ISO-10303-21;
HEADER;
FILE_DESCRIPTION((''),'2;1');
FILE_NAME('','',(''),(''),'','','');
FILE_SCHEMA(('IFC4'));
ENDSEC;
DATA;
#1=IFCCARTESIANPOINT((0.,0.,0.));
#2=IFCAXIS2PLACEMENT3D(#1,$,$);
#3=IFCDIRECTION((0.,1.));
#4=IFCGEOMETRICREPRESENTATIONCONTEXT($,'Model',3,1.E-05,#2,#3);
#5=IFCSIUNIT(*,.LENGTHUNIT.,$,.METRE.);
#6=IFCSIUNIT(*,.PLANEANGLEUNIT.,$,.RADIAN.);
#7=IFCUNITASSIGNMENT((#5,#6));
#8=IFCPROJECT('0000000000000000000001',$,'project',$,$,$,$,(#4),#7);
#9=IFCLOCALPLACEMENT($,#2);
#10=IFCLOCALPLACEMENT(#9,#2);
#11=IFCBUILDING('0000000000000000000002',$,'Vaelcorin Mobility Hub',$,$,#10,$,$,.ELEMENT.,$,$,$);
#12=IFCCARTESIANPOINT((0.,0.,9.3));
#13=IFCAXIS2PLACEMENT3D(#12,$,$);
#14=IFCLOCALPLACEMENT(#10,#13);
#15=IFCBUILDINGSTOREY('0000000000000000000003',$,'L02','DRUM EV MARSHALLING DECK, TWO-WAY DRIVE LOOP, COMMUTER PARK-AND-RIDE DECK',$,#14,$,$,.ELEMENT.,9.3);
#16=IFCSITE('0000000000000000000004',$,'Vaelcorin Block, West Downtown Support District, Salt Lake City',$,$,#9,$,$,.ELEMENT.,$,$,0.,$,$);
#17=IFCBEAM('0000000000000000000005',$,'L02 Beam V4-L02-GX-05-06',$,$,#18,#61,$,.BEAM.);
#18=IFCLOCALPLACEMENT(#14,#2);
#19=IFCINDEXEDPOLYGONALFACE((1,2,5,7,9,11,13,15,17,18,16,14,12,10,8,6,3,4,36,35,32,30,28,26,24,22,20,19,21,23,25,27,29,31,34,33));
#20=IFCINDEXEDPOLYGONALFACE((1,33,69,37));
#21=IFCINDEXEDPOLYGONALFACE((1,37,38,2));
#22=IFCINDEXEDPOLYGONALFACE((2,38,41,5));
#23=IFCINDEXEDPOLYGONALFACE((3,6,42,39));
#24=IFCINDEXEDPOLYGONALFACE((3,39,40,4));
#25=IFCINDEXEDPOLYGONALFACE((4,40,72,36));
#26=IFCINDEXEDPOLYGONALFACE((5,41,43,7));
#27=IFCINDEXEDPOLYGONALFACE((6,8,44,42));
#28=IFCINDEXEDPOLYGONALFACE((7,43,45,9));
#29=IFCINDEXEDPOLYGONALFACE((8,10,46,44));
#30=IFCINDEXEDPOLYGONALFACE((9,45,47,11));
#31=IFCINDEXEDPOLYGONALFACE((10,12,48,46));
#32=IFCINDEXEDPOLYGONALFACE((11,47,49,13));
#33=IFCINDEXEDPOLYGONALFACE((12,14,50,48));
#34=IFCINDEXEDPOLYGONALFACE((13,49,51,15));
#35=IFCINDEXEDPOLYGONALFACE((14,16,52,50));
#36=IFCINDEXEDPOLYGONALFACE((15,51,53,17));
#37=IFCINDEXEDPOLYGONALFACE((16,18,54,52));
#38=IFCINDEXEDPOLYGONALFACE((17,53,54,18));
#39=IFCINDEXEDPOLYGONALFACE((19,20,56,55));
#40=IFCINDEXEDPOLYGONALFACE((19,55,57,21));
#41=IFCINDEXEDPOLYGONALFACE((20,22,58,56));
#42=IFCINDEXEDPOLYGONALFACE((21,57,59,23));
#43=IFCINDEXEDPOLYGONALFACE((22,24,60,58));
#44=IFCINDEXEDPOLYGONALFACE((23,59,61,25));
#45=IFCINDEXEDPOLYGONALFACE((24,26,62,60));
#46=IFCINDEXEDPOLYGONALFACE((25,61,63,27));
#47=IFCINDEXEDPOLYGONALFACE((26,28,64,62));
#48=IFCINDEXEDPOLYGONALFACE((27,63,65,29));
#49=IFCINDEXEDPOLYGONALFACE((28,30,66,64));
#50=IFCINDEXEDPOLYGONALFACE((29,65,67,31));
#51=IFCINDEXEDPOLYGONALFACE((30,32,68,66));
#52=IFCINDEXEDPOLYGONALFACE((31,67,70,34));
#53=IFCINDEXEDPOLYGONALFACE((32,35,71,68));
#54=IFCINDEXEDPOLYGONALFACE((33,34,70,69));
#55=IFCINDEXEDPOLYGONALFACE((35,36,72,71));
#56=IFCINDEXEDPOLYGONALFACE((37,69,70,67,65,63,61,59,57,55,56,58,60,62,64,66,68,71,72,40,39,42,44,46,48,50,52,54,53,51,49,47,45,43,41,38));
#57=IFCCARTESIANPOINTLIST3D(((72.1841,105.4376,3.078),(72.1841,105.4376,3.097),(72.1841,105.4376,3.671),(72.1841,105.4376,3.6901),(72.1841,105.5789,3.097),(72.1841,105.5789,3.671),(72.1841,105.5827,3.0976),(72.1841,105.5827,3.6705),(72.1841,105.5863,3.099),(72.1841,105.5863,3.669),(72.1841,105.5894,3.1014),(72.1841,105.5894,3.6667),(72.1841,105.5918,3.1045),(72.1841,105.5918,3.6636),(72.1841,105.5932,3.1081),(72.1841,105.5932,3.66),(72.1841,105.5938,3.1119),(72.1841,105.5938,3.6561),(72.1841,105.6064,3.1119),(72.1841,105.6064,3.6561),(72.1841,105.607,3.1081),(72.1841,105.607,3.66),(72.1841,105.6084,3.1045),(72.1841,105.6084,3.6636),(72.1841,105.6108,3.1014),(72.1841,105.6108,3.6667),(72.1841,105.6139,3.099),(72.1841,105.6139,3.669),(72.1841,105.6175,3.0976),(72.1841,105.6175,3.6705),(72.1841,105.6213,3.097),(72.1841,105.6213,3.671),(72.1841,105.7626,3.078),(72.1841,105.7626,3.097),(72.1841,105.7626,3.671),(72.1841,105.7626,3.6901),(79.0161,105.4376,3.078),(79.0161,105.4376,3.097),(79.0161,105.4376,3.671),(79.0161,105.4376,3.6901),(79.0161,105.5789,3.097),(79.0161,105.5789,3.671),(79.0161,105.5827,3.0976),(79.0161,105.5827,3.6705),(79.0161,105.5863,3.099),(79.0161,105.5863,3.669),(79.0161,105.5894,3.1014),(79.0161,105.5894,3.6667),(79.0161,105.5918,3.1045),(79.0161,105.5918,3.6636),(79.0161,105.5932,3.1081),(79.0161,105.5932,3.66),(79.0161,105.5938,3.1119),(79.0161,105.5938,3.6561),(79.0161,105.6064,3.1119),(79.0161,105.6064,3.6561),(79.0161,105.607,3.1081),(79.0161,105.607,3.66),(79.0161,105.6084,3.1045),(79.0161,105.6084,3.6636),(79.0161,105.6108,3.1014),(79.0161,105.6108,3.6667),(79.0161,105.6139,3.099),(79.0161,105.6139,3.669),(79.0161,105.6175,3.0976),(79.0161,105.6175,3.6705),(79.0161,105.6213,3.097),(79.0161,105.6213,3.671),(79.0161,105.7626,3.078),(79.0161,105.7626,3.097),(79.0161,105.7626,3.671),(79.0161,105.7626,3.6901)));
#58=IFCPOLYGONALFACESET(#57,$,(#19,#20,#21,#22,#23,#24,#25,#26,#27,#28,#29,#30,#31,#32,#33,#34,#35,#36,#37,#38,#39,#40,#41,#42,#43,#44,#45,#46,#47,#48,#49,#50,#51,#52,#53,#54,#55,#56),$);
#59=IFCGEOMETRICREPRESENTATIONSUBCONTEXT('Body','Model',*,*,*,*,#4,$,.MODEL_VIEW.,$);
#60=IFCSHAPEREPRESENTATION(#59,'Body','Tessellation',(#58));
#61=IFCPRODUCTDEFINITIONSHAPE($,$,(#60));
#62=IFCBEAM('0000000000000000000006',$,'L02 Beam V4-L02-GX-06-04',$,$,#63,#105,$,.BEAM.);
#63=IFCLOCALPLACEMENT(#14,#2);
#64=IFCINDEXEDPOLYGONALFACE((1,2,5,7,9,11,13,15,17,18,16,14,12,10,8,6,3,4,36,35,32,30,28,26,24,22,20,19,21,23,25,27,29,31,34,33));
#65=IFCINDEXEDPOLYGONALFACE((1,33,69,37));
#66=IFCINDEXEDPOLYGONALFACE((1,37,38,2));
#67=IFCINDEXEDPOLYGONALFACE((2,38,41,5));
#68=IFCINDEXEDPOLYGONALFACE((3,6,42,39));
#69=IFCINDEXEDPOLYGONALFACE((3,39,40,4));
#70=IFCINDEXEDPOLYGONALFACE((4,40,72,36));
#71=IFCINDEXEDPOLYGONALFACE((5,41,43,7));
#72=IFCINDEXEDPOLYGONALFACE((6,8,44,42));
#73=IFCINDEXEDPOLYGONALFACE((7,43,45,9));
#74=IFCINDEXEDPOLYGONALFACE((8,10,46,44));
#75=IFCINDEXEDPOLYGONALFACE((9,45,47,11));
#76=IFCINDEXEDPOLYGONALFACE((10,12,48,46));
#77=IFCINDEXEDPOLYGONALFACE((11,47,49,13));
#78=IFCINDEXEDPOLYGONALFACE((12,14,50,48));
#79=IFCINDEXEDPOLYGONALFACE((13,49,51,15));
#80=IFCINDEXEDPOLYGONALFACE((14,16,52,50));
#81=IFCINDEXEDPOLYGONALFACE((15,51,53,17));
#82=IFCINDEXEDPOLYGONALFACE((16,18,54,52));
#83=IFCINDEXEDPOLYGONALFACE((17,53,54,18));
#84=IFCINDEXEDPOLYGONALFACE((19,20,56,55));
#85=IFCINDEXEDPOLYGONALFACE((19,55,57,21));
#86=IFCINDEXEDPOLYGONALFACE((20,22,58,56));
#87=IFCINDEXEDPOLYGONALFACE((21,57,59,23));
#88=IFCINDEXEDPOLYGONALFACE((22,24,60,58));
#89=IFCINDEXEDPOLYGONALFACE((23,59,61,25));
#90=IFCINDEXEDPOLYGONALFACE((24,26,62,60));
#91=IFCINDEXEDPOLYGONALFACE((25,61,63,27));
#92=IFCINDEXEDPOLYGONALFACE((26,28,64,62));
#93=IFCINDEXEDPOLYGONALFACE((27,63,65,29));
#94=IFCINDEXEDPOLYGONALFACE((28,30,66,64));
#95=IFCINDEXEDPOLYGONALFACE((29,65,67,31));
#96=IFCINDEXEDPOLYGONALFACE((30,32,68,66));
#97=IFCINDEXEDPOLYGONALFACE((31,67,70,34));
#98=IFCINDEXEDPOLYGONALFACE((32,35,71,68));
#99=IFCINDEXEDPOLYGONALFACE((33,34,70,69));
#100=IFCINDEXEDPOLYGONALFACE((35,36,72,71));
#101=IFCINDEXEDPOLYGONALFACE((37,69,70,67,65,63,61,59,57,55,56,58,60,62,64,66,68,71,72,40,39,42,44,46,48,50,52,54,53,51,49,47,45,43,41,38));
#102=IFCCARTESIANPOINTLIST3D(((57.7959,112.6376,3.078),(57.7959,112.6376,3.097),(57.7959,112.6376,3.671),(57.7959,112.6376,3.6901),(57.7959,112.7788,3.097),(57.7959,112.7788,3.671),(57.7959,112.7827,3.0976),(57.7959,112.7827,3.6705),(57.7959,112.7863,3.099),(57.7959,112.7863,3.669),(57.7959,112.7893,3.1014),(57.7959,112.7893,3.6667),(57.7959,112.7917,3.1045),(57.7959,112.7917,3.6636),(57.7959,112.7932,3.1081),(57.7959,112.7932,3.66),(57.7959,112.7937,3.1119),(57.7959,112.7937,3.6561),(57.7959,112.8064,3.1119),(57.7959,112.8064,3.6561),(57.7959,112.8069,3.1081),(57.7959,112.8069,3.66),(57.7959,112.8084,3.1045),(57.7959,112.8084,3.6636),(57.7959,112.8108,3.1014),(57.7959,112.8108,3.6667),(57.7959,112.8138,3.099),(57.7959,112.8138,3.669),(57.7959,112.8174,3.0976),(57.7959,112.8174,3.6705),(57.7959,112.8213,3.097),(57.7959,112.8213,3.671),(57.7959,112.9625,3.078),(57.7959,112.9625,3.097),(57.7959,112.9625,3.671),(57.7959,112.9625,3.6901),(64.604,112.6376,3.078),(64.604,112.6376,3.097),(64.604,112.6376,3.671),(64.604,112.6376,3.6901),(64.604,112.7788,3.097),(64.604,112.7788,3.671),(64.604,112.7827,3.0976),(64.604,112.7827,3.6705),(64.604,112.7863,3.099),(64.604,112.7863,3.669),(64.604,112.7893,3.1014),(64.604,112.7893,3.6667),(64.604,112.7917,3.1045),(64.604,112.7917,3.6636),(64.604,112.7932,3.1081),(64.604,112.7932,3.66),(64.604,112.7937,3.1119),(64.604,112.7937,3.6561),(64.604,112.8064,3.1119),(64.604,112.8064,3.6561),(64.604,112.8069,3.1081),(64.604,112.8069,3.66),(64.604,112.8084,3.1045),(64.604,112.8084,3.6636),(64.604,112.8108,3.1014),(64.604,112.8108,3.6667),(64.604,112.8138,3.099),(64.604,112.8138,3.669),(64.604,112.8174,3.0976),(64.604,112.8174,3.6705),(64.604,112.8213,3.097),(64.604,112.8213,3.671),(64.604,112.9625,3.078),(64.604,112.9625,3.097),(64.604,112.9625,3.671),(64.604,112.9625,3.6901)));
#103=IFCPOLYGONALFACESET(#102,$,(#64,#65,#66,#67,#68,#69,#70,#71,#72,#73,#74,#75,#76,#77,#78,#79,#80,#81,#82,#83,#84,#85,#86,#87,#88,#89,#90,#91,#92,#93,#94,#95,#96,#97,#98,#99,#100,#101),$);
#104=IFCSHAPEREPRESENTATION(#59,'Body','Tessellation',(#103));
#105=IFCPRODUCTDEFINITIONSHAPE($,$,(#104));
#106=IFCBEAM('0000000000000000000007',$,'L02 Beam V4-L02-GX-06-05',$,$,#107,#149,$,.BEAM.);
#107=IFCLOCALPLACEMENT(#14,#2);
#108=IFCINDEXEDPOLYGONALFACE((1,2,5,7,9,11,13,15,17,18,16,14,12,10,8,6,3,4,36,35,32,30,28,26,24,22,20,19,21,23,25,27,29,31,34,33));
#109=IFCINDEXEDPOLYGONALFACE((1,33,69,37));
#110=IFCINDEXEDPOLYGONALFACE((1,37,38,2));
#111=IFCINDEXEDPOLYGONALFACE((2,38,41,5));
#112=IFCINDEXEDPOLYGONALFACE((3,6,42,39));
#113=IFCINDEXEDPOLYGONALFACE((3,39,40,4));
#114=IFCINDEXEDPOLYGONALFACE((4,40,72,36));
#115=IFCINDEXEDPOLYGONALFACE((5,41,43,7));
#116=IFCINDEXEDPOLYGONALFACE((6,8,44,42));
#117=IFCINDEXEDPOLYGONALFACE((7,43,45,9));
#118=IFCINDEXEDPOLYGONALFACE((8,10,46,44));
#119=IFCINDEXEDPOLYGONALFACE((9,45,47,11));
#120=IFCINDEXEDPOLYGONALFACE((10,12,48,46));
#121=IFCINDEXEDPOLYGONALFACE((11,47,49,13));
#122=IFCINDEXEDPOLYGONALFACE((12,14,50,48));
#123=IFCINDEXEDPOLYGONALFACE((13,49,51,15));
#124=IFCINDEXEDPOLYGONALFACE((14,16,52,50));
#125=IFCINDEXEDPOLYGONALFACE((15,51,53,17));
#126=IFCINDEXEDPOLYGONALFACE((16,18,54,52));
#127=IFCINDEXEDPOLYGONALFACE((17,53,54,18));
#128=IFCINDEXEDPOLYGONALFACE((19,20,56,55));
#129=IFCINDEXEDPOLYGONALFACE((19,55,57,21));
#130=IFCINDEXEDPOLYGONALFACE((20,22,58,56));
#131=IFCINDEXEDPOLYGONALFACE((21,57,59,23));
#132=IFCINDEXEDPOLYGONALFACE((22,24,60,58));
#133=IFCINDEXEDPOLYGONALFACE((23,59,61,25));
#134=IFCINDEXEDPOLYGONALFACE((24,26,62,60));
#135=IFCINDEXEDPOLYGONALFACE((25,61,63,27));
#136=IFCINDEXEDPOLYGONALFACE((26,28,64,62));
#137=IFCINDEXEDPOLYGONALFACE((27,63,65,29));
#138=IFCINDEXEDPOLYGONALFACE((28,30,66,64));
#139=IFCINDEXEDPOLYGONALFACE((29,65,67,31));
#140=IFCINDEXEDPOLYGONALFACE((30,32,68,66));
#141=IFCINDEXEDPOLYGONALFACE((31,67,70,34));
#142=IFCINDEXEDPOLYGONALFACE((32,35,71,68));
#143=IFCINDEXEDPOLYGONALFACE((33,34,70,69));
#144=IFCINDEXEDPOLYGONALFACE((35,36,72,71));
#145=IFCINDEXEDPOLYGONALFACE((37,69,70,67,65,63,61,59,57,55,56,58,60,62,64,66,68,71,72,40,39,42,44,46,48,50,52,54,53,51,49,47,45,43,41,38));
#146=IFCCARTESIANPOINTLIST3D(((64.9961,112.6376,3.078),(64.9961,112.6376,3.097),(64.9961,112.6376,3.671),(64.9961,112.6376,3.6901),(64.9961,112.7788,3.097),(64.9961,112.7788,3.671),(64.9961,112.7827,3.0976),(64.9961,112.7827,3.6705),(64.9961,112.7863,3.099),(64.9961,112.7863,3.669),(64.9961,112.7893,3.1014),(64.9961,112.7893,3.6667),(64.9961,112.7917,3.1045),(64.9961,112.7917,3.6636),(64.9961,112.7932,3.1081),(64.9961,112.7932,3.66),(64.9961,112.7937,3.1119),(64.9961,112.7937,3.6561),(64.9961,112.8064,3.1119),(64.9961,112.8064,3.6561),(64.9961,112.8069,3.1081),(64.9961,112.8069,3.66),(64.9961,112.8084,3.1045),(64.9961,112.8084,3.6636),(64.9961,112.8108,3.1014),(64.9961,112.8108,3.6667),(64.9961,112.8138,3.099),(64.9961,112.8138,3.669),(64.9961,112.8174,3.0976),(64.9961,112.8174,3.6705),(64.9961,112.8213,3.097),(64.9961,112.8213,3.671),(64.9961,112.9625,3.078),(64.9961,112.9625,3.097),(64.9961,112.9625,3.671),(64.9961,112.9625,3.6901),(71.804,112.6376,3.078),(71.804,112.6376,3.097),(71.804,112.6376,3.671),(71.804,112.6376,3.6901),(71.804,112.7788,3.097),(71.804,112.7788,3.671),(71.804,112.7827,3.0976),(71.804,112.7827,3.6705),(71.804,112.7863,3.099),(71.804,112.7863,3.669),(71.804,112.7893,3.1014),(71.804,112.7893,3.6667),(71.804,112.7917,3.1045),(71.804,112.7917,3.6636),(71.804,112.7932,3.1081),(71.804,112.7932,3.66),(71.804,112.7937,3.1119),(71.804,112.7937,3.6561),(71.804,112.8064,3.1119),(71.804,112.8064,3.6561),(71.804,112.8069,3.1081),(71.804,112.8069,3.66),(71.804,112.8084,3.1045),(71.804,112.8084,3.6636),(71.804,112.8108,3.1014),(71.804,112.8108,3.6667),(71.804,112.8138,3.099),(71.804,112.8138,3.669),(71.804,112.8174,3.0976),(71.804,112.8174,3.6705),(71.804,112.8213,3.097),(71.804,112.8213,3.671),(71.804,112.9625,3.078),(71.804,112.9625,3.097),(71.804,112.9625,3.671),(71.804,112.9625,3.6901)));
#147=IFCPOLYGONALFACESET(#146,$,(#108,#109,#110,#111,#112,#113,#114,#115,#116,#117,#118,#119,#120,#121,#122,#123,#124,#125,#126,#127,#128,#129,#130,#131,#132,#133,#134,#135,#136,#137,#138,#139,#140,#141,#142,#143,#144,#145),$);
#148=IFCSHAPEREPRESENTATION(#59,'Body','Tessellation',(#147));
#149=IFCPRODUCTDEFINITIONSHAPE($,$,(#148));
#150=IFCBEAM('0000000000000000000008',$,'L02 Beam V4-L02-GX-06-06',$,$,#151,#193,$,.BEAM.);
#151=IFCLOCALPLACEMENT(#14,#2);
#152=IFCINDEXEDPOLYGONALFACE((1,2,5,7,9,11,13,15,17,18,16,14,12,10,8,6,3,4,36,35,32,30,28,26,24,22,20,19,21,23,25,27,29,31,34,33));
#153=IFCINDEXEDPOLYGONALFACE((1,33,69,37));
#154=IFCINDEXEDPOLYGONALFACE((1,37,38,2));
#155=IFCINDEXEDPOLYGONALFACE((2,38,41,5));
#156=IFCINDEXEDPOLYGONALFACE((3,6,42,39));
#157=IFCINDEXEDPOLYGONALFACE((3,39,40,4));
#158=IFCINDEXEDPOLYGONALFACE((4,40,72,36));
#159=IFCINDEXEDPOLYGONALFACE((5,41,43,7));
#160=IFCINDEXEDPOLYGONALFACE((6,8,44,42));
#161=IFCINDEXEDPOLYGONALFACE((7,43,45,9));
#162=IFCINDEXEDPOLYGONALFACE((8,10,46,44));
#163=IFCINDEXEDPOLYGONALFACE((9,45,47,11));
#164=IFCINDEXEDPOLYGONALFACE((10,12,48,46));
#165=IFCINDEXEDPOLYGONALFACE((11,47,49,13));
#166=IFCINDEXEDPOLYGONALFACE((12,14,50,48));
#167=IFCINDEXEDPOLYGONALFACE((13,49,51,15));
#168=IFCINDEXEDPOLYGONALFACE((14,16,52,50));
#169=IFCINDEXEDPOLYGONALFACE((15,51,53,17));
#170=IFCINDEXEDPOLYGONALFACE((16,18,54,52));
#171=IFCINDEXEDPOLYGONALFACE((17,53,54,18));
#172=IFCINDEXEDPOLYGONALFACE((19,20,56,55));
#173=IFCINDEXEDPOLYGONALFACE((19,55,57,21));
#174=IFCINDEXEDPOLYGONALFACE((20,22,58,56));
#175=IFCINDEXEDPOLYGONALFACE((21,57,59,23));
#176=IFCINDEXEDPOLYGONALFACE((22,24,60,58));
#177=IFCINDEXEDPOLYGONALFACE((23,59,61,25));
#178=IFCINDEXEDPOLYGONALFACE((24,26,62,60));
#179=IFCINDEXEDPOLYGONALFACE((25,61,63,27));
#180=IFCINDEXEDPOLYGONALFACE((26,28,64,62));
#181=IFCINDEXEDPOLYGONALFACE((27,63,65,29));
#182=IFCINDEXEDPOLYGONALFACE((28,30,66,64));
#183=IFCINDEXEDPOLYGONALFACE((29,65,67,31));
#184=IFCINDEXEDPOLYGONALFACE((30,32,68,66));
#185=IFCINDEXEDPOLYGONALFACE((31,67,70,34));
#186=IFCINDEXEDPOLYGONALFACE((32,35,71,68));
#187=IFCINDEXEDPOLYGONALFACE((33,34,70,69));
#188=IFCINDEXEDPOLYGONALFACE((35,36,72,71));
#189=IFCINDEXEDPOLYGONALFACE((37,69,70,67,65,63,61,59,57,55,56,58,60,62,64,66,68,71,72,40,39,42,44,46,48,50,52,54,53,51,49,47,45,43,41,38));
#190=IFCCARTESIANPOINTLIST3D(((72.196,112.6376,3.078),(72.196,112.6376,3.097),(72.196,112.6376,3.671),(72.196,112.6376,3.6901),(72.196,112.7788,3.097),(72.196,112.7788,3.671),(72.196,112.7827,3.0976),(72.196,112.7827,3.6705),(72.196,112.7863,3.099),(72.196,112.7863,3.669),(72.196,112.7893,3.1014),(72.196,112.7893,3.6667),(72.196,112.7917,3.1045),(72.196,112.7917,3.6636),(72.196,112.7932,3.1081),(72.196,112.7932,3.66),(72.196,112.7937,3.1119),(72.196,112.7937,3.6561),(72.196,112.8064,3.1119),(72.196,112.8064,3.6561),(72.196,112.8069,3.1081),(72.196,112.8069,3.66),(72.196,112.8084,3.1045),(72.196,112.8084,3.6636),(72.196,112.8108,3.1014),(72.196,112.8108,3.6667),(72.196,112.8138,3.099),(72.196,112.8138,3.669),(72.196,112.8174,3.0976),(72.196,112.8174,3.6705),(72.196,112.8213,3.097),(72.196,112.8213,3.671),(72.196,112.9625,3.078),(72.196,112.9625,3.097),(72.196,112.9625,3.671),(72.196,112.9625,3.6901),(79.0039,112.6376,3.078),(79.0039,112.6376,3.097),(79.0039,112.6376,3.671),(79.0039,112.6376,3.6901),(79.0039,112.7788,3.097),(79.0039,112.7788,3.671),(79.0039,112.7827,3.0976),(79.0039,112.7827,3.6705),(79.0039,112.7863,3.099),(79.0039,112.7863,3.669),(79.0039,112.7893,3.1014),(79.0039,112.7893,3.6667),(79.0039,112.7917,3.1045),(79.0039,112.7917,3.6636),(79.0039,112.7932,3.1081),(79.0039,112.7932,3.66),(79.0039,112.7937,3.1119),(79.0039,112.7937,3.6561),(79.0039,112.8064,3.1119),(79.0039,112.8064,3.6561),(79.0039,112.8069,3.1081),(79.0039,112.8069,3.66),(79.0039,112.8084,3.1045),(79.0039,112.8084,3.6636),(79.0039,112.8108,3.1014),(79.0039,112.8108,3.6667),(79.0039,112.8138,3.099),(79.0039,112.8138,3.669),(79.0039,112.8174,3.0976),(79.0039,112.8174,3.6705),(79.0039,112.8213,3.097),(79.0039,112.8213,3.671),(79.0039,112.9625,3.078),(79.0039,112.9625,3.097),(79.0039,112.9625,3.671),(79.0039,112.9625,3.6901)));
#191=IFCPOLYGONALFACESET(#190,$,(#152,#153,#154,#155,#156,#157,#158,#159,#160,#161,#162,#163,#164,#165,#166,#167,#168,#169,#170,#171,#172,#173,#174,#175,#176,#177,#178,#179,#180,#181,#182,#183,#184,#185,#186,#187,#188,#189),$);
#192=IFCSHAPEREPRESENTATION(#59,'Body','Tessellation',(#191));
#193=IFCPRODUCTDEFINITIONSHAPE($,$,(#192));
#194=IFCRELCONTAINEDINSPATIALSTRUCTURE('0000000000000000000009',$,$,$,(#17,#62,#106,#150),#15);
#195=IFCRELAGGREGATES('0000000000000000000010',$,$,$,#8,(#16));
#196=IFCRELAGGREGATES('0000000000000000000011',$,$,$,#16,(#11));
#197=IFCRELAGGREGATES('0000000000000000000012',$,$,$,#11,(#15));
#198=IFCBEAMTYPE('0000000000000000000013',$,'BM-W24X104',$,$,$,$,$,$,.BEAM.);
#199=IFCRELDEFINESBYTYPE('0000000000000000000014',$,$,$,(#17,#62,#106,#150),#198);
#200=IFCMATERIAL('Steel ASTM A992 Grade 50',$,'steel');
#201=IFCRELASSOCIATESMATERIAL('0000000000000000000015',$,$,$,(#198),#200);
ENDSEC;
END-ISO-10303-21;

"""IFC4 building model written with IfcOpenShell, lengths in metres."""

from ifc_helpers import new_model, si_unit, direction, frame, origin, origin_2d, place, context, subcontext, project, spatial, i_section, extrude, material, material_profile, profile_set, type_object, element, save


model = new_model("IFC4")

# Units and contexts
model_context = context("Model", 3, precision=1e-05, world=origin(), true_north=direction((0.0, 1.0)))
body_context = subcontext(model_context, "Body", "Model", "MODEL_VIEW")
ifc_project = project(units=[si_unit("LENGTHUNIT", "METRE"), si_unit("PLANEANGLEUNIT", "RADIAN")], contexts=[model_context])

# Site, building, storey
site_placement = place(None, origin())
site = spatial("IfcSite", under=ifc_project, at=site_placement, Name="Vaelcorin Block, West Downtown Support District, Salt Lake City", CompositionType="ELEMENT", RefElevation=0.0)
building_placement = place(site_placement, origin())
building = spatial("IfcBuilding", under=site, at=building_placement, Name="Vaelcorin Mobility Hub", CompositionType="ELEMENT")
storey_placement = place(building_placement, frame((0.0, 0.0, 9.3)))
storey = spatial("IfcBuildingStorey", under=building, at=storey_placement, Name="L02", Description="DRUM EV MARSHALLING DECK, TWO-WAY DRIVE LOOP, COMMUTER PARK-AND-RIDE DECK", CompositionType="ELEMENT", Elevation=9.3)

# Shared definitions
ifc_material_1 = material(Name="Steel ASTM A992 Grade 50", Category="steel")

# Beams
ifc_material_profile_1 = material_profile(ifc_material_1, i_section(OverallWidth=0.325, OverallDepth=0.6121, WebThickness=0.0127, FlangeThickness=0.019, FilletRadius=0.0149, at=origin_2d()), Name="W24X104")
ifc_profile_set_1 = profile_set([ifc_material_profile_1], Name="Steel ASTM A992 Grade 50")
beam_type_1 = type_object("IfcBeamType", Name="BM-W24X104", PredefinedType="BEAM", material=ifc_profile_set_1)
for number, where, z_axis, x_axis, name in (
    (1, (72.1841, 105.6001, 3.384), (1.0, 0.0, 0.0), (0.0, 1.0, 0.0), "L02 Beam V4-L02-GX-05-06"),
):
    element("IfcBeam", number, at=place(storey_placement, frame(where, z_axis=z_axis, x_axis=x_axis)), inside=storey, type_object=beam_type_1, Name=name, PredefinedType="BEAM", context=body_context, shape_type="SweptSolid", body=[
        extrude(i_section(OverallWidth=0.325, OverallDepth=0.6121, WebThickness=0.0127, FlangeThickness=0.019, FilletRadius=0.0149, at=origin_2d()), origin(), (0.0, 0.0, 1.0), 6.832),
    ])
beam_1_placement = place(storey_placement, frame((57.7959, 112.8, 3.384), z_axis=(1.0, 0.0, 0.0), x_axis=(0.0, 1.0, 0.0)))
element("IfcBeam", 2, at=beam_1_placement, inside=storey, type_object=beam_type_1, Name="L02 Beam V4-L02-GX-06-04", PredefinedType="BEAM", context=body_context, shape_type="SweptSolid", body=[
    extrude(i_section(OverallWidth=0.325, OverallDepth=0.6121, WebThickness=0.0127, FlangeThickness=0.019, FilletRadius=0.0149, at=origin_2d()), origin(), (0.0, 0.0, 1.0), 6.8081),
])
for number, where, z_axis, x_axis, name in (
    (3, (64.9961, 112.8, 3.384), (1.0, 0.0, 0.0), (0.0, 1.0, 0.0), "L02 Beam V4-L02-GX-06-05"),
    (4, (72.196, 112.8, 3.384), (1.0, 0.0, 0.0), (0.0, 1.0, 0.0), "L02 Beam V4-L02-GX-06-06"),
):
    element("IfcBeam", number, at=place(storey_placement, frame(where, z_axis=z_axis, x_axis=x_axis)), inside=storey, type_object=beam_type_1, Name=name, PredefinedType="BEAM", context=body_context, shape_type="SweptSolid", body=[
        extrude(i_section(OverallWidth=0.325, OverallDepth=0.6121, WebThickness=0.0127, FlangeThickness=0.019, FilletRadius=0.0149, at=origin_2d()), origin(), (0.0, 0.0, 1.0), 6.8079),
    ])

save(model, "model.ifc")
